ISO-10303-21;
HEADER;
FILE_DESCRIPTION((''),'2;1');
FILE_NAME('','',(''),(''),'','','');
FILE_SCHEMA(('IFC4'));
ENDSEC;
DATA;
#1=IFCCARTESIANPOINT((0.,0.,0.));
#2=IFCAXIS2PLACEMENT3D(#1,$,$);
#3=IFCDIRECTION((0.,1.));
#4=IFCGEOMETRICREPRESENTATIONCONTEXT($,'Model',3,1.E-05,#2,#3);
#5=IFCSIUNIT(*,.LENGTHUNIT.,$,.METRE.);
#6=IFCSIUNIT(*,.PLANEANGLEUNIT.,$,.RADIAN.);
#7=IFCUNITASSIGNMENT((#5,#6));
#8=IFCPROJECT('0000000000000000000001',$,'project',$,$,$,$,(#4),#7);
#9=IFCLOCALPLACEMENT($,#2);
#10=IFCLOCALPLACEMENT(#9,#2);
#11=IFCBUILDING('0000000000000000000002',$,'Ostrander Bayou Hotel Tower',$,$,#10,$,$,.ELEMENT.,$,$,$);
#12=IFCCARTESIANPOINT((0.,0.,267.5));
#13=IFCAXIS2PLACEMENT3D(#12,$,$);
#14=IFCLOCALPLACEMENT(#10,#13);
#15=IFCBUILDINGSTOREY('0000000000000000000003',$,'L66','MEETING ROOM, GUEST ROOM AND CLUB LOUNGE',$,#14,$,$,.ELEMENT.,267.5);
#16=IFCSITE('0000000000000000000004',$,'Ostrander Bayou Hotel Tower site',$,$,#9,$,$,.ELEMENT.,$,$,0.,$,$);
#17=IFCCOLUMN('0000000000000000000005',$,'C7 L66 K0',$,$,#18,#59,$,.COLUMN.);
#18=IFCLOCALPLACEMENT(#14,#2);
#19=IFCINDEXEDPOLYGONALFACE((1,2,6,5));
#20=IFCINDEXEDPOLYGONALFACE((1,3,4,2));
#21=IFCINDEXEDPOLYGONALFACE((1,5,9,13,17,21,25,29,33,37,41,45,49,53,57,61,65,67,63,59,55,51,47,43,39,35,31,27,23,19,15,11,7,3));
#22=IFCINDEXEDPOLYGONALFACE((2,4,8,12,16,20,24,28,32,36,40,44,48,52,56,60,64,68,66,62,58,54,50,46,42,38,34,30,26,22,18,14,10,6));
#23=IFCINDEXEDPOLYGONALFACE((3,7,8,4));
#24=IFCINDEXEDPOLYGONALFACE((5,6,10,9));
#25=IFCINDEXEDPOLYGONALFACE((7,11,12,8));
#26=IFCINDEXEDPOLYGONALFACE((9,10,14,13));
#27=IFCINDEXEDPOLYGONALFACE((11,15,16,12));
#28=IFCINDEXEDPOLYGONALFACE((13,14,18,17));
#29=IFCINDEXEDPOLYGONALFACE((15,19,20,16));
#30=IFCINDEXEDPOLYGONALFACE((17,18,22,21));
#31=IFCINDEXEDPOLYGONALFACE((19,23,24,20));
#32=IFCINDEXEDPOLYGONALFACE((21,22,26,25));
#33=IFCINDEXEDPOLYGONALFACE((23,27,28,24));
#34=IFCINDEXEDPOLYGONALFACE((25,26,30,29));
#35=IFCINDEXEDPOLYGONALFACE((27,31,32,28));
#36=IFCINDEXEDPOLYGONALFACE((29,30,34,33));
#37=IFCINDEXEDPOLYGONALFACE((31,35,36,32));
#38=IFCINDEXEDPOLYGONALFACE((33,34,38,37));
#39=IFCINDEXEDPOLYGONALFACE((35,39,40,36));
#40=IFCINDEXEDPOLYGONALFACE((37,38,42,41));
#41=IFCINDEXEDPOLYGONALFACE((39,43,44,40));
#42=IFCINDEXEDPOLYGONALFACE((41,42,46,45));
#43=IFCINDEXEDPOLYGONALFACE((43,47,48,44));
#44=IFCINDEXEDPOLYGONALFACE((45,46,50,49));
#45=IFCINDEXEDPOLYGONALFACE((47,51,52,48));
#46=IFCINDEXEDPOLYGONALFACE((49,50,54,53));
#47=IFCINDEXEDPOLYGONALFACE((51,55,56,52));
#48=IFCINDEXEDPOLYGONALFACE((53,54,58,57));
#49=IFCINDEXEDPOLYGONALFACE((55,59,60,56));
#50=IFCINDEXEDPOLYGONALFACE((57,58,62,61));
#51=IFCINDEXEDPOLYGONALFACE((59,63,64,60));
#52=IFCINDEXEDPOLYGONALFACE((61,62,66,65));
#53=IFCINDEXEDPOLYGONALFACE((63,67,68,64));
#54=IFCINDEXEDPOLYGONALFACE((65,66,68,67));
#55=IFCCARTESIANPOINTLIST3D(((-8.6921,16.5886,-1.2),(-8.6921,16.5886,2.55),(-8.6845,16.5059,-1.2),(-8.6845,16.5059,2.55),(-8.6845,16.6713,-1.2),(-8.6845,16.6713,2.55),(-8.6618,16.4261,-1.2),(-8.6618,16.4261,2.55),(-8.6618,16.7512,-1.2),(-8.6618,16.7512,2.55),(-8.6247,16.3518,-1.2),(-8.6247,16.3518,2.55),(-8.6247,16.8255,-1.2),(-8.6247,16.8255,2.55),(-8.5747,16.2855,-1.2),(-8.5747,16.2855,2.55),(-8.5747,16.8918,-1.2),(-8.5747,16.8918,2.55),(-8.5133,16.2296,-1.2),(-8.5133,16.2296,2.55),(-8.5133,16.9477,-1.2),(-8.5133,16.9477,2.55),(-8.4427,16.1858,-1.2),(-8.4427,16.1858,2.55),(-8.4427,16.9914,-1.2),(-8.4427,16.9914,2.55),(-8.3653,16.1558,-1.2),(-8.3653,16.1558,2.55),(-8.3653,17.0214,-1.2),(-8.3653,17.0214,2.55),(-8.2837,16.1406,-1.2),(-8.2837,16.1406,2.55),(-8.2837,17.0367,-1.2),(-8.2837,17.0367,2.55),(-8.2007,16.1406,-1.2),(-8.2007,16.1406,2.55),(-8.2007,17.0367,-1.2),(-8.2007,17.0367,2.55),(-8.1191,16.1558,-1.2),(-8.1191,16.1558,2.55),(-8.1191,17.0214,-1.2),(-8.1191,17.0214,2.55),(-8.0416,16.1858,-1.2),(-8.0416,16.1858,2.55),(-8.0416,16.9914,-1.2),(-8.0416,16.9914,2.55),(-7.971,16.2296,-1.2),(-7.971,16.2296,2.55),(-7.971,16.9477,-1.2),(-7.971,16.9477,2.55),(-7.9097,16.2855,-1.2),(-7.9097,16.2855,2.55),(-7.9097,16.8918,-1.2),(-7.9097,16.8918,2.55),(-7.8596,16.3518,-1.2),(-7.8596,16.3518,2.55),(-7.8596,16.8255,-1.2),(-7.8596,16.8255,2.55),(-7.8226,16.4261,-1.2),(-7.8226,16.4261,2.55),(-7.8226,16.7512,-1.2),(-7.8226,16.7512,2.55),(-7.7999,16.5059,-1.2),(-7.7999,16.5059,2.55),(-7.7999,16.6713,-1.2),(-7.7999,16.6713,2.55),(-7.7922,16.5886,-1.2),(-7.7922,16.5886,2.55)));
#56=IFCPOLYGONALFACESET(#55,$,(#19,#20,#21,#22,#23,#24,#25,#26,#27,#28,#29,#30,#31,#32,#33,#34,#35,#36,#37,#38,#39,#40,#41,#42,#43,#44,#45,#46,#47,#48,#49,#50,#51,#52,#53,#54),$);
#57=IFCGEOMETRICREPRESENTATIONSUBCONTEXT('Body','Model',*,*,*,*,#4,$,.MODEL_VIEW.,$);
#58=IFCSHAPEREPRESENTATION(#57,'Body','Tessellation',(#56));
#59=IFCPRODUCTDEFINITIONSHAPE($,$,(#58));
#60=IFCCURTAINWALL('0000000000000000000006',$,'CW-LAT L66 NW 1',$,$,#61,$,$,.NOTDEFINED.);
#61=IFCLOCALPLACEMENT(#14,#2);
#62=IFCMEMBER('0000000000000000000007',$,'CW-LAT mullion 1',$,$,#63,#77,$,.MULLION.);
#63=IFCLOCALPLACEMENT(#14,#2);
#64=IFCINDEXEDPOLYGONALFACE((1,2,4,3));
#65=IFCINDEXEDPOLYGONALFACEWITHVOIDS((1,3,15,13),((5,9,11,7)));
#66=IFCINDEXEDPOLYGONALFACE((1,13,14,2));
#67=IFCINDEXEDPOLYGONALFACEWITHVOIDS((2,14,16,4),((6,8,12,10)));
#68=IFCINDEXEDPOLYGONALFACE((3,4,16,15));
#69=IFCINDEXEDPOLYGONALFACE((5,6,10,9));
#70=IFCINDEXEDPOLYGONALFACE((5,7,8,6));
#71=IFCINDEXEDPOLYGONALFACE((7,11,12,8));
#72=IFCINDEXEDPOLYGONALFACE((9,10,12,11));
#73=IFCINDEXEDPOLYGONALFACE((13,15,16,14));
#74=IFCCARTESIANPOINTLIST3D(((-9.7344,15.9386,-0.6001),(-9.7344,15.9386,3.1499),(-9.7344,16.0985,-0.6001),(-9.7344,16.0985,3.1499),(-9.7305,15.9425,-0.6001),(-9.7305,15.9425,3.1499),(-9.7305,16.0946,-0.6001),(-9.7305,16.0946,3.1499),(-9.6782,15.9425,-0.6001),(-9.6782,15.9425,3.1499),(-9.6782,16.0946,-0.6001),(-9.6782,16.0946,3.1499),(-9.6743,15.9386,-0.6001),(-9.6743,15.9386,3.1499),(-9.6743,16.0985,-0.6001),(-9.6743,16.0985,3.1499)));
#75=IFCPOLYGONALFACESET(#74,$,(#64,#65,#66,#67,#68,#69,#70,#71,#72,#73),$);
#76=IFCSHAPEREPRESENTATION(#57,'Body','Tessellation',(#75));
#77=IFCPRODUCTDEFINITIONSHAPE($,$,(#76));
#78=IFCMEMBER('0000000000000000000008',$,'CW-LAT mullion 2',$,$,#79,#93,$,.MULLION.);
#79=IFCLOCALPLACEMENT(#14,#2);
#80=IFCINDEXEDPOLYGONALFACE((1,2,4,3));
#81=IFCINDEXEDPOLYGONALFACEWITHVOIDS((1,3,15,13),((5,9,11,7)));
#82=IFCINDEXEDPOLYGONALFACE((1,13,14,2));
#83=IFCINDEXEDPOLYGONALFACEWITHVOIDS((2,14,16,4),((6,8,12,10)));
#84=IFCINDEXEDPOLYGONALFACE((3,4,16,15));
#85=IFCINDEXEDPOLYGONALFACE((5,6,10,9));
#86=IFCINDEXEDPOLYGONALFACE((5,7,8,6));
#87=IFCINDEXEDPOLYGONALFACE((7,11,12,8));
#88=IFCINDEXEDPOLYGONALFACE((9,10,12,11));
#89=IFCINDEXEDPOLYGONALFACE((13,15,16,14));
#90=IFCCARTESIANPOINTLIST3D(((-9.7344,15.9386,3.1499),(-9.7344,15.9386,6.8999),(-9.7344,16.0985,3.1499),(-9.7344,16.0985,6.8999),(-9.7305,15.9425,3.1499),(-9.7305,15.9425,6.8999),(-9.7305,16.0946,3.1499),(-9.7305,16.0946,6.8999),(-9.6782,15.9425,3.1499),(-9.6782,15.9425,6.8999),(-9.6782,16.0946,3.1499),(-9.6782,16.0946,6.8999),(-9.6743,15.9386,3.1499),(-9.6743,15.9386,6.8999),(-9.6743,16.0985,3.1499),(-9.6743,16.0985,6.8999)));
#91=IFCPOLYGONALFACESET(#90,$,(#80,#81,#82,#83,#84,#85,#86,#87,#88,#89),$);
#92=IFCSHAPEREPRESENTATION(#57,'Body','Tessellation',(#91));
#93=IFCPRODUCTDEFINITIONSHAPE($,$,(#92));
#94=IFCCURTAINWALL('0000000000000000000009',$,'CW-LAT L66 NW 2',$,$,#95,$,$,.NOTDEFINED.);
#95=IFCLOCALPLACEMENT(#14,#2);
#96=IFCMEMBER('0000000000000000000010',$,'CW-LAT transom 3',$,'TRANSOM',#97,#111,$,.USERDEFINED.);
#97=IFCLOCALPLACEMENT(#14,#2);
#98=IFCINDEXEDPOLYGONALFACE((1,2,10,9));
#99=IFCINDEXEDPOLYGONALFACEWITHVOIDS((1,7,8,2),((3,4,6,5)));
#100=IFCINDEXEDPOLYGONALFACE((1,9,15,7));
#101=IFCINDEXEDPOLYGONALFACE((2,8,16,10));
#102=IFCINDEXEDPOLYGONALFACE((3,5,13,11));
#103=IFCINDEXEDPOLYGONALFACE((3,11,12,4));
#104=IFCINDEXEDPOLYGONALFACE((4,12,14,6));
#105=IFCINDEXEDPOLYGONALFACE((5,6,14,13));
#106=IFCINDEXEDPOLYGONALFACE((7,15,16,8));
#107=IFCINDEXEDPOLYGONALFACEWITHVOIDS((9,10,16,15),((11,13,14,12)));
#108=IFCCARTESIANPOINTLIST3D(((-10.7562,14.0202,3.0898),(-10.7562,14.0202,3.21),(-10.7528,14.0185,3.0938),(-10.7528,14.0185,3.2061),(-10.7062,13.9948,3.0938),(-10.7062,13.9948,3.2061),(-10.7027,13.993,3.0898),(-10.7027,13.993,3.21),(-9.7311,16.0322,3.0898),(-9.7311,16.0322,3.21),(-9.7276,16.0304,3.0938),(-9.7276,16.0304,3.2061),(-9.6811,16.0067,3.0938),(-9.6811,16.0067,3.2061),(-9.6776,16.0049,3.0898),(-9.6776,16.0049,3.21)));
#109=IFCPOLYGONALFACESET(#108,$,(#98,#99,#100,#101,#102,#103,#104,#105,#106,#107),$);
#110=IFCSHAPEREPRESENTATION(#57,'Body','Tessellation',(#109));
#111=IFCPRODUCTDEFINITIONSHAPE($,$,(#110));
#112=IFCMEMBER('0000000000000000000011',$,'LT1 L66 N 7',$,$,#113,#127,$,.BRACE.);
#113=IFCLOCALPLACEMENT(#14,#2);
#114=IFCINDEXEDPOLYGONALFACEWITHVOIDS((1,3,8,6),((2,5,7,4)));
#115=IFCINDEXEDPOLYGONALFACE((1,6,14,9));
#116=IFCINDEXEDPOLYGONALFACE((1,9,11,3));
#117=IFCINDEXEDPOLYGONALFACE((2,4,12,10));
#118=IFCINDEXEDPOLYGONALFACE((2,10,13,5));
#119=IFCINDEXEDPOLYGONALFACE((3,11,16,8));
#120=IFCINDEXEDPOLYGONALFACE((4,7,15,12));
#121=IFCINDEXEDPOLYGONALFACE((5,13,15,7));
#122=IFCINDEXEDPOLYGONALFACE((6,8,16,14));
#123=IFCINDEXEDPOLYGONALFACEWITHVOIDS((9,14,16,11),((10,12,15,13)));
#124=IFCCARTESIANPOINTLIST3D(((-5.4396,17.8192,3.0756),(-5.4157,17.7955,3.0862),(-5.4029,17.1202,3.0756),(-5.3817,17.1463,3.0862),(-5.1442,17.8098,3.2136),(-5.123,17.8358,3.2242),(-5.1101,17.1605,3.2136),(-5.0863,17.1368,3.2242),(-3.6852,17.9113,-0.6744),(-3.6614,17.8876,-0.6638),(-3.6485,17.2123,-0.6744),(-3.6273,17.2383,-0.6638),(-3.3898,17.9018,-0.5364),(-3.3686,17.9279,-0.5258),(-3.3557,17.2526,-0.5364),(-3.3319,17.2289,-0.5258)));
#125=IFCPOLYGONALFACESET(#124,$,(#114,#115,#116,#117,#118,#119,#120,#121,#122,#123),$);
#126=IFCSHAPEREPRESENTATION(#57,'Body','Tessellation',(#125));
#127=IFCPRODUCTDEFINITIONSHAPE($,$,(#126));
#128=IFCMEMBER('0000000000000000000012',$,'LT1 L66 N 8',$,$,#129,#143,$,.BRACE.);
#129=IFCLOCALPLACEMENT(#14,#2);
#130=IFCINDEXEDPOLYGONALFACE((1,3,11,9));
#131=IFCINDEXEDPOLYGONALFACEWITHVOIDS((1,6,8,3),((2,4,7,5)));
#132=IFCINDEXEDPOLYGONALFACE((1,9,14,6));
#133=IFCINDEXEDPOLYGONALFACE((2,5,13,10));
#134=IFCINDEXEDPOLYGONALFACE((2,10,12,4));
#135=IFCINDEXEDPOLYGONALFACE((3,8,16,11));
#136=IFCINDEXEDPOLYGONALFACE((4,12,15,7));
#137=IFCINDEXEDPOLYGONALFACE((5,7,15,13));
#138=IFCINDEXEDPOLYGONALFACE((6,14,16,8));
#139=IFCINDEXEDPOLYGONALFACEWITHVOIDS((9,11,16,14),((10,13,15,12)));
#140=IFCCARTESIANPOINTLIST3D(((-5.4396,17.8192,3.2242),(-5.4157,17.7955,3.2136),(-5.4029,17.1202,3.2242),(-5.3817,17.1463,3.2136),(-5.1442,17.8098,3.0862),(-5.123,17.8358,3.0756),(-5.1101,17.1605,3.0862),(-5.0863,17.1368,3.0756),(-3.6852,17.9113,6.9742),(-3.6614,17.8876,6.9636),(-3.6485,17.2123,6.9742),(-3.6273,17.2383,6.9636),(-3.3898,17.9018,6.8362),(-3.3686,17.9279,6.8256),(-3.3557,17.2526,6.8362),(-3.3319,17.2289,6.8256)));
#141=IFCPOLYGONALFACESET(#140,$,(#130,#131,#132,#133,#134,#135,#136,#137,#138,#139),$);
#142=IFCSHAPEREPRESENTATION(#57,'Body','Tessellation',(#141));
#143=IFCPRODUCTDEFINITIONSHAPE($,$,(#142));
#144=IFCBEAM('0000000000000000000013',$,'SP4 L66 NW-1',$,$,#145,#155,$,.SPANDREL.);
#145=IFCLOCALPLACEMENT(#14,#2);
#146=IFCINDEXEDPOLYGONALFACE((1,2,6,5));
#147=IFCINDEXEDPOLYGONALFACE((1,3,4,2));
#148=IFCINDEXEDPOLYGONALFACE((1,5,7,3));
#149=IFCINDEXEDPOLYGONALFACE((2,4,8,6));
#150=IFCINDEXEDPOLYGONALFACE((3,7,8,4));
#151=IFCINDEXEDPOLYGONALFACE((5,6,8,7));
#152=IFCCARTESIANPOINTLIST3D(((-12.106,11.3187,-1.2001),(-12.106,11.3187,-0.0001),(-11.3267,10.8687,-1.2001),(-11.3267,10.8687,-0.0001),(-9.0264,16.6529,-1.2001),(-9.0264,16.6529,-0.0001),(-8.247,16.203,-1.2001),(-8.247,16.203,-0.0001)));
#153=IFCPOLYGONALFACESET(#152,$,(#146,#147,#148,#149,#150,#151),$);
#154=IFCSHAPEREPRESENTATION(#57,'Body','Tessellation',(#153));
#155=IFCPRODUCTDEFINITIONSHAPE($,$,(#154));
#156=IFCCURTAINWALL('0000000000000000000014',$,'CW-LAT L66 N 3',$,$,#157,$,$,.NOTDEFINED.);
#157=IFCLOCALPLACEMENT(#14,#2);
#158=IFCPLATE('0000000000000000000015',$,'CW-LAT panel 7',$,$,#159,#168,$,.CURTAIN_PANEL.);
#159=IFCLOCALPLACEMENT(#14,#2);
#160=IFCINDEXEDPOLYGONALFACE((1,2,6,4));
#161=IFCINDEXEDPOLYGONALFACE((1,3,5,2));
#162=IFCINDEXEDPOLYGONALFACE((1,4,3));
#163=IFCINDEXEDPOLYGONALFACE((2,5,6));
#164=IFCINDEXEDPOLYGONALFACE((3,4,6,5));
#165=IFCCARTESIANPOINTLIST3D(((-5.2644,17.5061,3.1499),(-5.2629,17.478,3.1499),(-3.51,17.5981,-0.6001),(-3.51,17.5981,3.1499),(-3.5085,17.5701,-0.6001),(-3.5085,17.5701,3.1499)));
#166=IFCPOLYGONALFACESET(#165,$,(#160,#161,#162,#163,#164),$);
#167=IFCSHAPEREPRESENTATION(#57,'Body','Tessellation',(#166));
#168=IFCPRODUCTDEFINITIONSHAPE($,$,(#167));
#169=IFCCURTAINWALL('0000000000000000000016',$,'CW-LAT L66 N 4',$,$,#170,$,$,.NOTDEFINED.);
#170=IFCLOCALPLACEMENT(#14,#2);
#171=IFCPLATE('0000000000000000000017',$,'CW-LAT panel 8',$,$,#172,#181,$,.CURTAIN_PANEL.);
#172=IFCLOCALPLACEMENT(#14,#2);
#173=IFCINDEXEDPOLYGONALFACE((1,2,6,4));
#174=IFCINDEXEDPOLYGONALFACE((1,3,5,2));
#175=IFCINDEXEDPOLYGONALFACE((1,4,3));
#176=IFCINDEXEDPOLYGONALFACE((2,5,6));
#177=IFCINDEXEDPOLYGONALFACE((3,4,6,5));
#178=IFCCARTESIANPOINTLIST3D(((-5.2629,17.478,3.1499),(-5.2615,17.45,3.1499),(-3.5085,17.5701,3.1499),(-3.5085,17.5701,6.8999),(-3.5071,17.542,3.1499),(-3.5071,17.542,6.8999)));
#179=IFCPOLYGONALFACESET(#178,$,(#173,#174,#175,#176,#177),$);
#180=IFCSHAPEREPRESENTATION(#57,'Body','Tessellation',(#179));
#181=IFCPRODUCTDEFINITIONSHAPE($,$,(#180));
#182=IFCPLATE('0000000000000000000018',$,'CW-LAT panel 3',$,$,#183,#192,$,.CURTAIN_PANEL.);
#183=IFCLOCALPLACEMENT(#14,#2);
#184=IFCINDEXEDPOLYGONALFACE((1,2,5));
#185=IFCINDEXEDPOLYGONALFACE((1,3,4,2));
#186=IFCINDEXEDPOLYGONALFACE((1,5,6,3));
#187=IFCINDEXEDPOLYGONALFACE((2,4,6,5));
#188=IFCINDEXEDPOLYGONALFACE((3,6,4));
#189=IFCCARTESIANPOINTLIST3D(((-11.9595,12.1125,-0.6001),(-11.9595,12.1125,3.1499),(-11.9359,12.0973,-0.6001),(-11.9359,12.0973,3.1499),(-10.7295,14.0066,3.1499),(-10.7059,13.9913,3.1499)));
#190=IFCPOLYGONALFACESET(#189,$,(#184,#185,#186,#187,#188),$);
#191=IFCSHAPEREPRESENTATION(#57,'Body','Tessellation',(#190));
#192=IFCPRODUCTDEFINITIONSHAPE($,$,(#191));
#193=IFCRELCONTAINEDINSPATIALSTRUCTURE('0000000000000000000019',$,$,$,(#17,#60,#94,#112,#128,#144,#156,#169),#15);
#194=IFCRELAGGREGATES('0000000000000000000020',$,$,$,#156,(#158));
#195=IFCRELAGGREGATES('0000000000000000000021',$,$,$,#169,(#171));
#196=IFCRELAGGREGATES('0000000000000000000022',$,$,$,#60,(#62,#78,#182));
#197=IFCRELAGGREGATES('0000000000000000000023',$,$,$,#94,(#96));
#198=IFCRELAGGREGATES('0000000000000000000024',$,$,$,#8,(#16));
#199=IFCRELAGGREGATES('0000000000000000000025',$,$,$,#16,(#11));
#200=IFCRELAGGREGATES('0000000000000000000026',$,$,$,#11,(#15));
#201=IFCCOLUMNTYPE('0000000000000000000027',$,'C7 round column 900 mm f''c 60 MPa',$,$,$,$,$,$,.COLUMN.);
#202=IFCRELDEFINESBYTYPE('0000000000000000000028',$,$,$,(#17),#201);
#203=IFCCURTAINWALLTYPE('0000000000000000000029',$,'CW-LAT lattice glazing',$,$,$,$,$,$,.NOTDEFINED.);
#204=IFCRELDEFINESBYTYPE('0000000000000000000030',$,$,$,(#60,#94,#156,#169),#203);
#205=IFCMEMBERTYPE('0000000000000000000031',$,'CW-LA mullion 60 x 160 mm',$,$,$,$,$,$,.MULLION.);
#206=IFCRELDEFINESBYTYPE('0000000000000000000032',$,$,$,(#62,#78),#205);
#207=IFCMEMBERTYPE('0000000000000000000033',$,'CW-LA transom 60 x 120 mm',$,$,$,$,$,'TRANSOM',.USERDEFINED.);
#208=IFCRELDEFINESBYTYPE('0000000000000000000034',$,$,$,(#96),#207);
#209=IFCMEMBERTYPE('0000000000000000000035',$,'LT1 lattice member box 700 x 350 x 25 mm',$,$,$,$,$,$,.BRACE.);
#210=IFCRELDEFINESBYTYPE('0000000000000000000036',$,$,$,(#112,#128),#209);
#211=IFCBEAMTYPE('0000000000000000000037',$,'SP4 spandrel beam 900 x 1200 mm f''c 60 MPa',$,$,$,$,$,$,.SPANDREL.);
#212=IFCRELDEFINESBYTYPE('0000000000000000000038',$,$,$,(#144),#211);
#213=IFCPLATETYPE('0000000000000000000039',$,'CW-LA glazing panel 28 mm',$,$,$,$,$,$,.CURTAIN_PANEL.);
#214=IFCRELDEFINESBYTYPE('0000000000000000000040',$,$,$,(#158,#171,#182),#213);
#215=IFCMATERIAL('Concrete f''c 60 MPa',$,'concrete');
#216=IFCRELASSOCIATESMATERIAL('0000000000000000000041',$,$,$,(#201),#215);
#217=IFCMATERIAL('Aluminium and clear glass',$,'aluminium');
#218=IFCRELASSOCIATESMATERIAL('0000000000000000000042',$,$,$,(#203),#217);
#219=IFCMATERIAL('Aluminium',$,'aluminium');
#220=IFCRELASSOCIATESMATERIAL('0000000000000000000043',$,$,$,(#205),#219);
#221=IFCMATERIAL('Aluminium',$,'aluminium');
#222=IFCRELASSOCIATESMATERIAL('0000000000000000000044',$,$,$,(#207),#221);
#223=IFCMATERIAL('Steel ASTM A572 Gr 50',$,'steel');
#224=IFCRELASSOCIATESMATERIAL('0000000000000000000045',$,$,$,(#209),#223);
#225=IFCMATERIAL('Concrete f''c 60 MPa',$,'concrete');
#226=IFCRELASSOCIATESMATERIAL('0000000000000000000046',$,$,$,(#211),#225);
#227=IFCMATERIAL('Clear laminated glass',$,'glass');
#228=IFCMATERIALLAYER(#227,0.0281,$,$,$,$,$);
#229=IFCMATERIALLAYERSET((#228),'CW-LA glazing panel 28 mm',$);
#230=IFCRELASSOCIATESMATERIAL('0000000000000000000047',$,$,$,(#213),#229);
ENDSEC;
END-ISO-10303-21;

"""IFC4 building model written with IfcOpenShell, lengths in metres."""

from ifc_helpers import new_model, si_unit, direction, frame, origin, origin_2d, place, context, subcontext, project, spatial, polyline, rectangle, hollow_rectangle, circle, outline, extrude, material, layer, layer_set, material_profile, profile_set, type_object, element, aggregate, save


model = new_model("IFC4")

# Units and contexts
model_context = context("Model", 3, precision=1e-05, world=origin(), true_north=direction((0.0, 1.0)))
body_context = subcontext(model_context, "Body", "Model", "MODEL_VIEW")
ifc_project = project(units=[si_unit("LENGTHUNIT", "METRE"), si_unit("PLANEANGLEUNIT", "RADIAN")], contexts=[model_context])

# Site, building, storey
site_placement = place(None, origin())
site = spatial("IfcSite", under=ifc_project, at=site_placement, Name="Ostrander Bayou Hotel Tower site", CompositionType="ELEMENT", RefElevation=0.0)
building_placement = place(site_placement, origin())
building = spatial("IfcBuilding", under=site, at=building_placement, Name="Ostrander Bayou Hotel Tower", CompositionType="ELEMENT")
storey_placement = place(building_placement, frame((0.0, 0.0, 267.5)))
storey = spatial("IfcBuildingStorey", under=building, at=storey_placement, Name="L66", Description="MEETING ROOM, GUEST ROOM AND CLUB LOUNGE", CompositionType="ELEMENT", Elevation=267.5)

# Column
ifc_material_1 = material(Name="Concrete f'c 60 MPa", Category="concrete")
ifc_material_profile_1 = material_profile(ifc_material_1, circle(Radius=0.45, at=origin_2d()))
ifc_profile_set_1 = profile_set([ifc_material_profile_1], Name="Concrete f'c 60 MPa")
column_type = type_object("IfcColumnType", Name="C7 round column 900 mm f'c 60 MPa", PredefinedType="COLUMN", material=ifc_profile_set_1)
column_placement = place(storey_placement, frame((-8.2422, 16.5886, -1.2), z_axis=(0.0, 0.0, 1.0), x_axis=(1.0, 0.0, 0.0)))
element("IfcColumn", 1, at=column_placement, inside=storey, type_object=column_type, Name="C7 L66 K0", PredefinedType="COLUMN", context=body_context, shape_type="SweptSolid", body=[
    extrude(circle(Radius=0.45, at=origin_2d()), origin(), (0.0, 0.0, 1.0), 3.75),
])

# Curtain wall, members
ifc_material_2 = material(Name="Aluminium and clear glass", Category="aluminium")
curtain_wall_type = type_object("IfcCurtainWallType", Name="CW-LAT lattice glazing", PredefinedType="NOTDEFINED", material=ifc_material_2)
curtain_wall_1_placement = place(storey_placement, origin())
curtain_wall_1 = element("IfcCurtainWall", 2, at=curtain_wall_1_placement, inside=storey, type_object=curtain_wall_type, Name="CW-LAT L66 NW 1", PredefinedType="NOTDEFINED")
ifc_material_3 = material(Name="Aluminium", Category="aluminium")
ifc_material_profile_2 = material_profile(ifc_material_3, hollow_rectangle(XDim=0.0601, YDim=0.1599, WallThickness=0.0039, at=origin_2d()))
ifc_profile_set_2 = profile_set([ifc_material_profile_2], Name="Aluminium")
member_type_1 = type_object("IfcMemberType", Name="CW-LA mullion 60 x 160 mm", PredefinedType="MULLION", material=ifc_profile_set_2)
member_1_placement = place(storey_placement, frame((-9.7043, 16.0186, -0.6001), z_axis=(0.0, 0.0, 1.0), x_axis=(1.0, 0.0, 0.0)))
member_1 = element("IfcMember", 3, at=member_1_placement, type_object=member_type_1, Name="CW-LAT mullion 1", PredefinedType="MULLION", context=body_context, shape_type="SweptSolid", body=[
    extrude(hollow_rectangle(XDim=0.0601, YDim=0.1599, WallThickness=0.0039, at=origin_2d()), origin(), (0.0, 0.0, 1.0), 3.75),
])
member_2_placement = place(storey_placement, frame((-9.7043, 16.0186, 3.1499), z_axis=(0.0, 0.0, 1.0), x_axis=(1.0, 0.0, 0.0)))
member_2 = element("IfcMember", 4, at=member_2_placement, type_object=member_type_1, Name="CW-LAT mullion 2", PredefinedType="MULLION", context=body_context, shape_type="SweptSolid", body=[
    extrude(hollow_rectangle(XDim=0.0601, YDim=0.1599, WallThickness=0.0039, at=origin_2d()), origin(), (0.0, 0.0, 1.0), 3.75),
])

# Curtain wall, member
curtain_wall_2_placement = place(storey_placement, origin())
curtain_wall_2 = element("IfcCurtainWall", 5, at=curtain_wall_2_placement, inside=storey, type_object=curtain_wall_type, Name="CW-LAT L66 NW 2", PredefinedType="NOTDEFINED")
ifc_material_4 = material(Name="Aluminium", Category="aluminium")
ifc_material_profile_3 = material_profile(ifc_material_4, hollow_rectangle(XDim=0.0601, YDim=0.1201, WallThickness=0.0039, at=origin_2d()))
ifc_profile_set_3 = profile_set([ifc_material_profile_3], Name="Aluminium")
member_type_2 = type_object("IfcMemberType", Name="CW-LA transom 60 x 120 mm", ElementType="TRANSOM", PredefinedType="USERDEFINED", material=ifc_profile_set_3)
member_3_placement = place(storey_placement, frame((-9.7043, 16.0186, 3.1499), z_axis=(-0.453991, -0.891006, 0.0), x_axis=(0.891006, -0.453991, 0.0)))
member_3 = element("IfcMember", 6, at=member_3_placement, type_object=member_type_2, Name="CW-LAT transom 3", ObjectType="TRANSOM", PredefinedType="USERDEFINED", context=body_context, shape_type="SweptSolid", body=[
    extrude(hollow_rectangle(XDim=0.0601, YDim=0.1201, WallThickness=0.0039, at=origin_2d()), origin(), (0.0, 0.0, 1.0), 2.2581),
])

# Members
ifc_material_5 = material(Name="Steel ASTM A572 Gr 50", Category="steel")
ifc_material_profile_4 = material_profile(ifc_material_5, hollow_rectangle(XDim=0.7, YDim=0.3501, WallThickness=0.0249, at=origin_2d()))
ifc_profile_set_4 = profile_set([ifc_material_profile_4], Name="Steel ASTM A572 Gr 50")
member_type_3 = type_object("IfcMemberType", Name="LT1 lattice member box 700 x 350 x 25 mm", PredefinedType="BRACE", material=ifc_profile_set_4)
for number, where, z_axis, x_axis, name in (
    (7, (-5.2629, 17.478, 3.1499), (0.423652, 0.022226, -0.905552), (-0.052391, 0.998627, 0.0), "LT1 L66 N 7"),
    (8, (-5.2629, 17.478, 3.1499), (0.423652, 0.022226, 0.905552), (-0.052391, 0.998627, 0.0), "LT1 L66 N 8"),
):
    element("IfcMember", number, at=place(storey_placement, frame(where, z_axis=z_axis, x_axis=x_axis)), inside=storey, type_object=member_type_3, Name=name, PredefinedType="BRACE", context=body_context, shape_type="SweptSolid", body=[
        extrude(hollow_rectangle(XDim=0.7, YDim=0.3501, WallThickness=0.0249, at=origin_2d()), origin(), (0.0, 0.0, 1.0), 4.1411),
    ])

# Beam
ifc_material_6 = material(Name="Concrete f'c 60 MPa", Category="concrete")
ifc_material_profile_5 = material_profile(ifc_material_6, rectangle(XDim=0.8999, YDim=1.2, at=origin_2d()))
ifc_profile_set_5 = profile_set([ifc_material_profile_5], Name="Concrete f'c 60 MPa")
beam_type = type_object("IfcBeamType", Name="SP4 spandrel beam 900 x 1200 mm f'c 60 MPa", PredefinedType="SPANDREL", material=ifc_profile_set_5)
beam_placement = place(storey_placement, frame((-8.6367, 16.428, -0.6001), z_axis=(-0.499984, -0.866034, 0.0), x_axis=(0.866034, -0.499984, 0.0)))
element("IfcBeam", 9, at=beam_placement, inside=storey, type_object=beam_type, Name="SP4 L66 NW-1", PredefinedType="SPANDREL", context=body_context, shape_type="SweptSolid", body=[
    extrude(rectangle(XDim=0.8999, YDim=1.2, at=origin_2d()), origin(), (0.0, 0.0, 1.0), 6.1594),
])

# Curtain walls, plates
curtain_wall_3_placement = place(storey_placement, origin())
curtain_wall_3 = element("IfcCurtainWall", 10, at=curtain_wall_3_placement, inside=storey, type_object=curtain_wall_type, Name="CW-LAT L66 N 3", PredefinedType="NOTDEFINED")
ifc_material_7 = material(Name="Clear laminated glass", Category="glass")
ifc_layer_1 = layer(ifc_material_7, 0.0281)
ifc_layer_set_1 = layer_set([ifc_layer_1], Name="CW-LA glazing panel 28 mm")
plate_type = type_object("IfcPlateType", Name="CW-LA glazing panel 28 mm", PredefinedType="CURTAIN_PANEL", material=ifc_layer_set_1)
plate_1_placement = place(storey_placement, frame((-5.2629, 17.478, 3.1499), z_axis=(0.052391, -0.998627, 0.0), x_axis=(0.423652, 0.022226, -0.905552)))
plate_1 = element("IfcPlate", 11, at=plate_1_placement, type_object=plate_type, Name="CW-LAT panel 7", PredefinedType="CURTAIN_PANEL", context=body_context, shape_type="SweptSolid", body=[
    extrude(outline(polyline([(0.0, 0.0), (4.1411, 0.0), (0.7453, 1.5909), (0.0, 0.0)])), origin(), (0.0, 0.0, -1.0), 0.0281),
])
aggregate(curtain_wall_3, [plate_1])
curtain_wall_4_placement = place(storey_placement, origin())
curtain_wall_4 = element("IfcCurtainWall", 12, at=curtain_wall_4_placement, inside=storey, type_object=curtain_wall_type, Name="CW-LAT L66 N 4", PredefinedType="NOTDEFINED")
plate_2_placement = place(storey_placement, frame((-5.2629, 17.478, 3.1499), z_axis=(-0.052391, 0.998627, 0.0), x_axis=(0.423652, 0.022226, 0.905552)))
plate_2 = element("IfcPlate", 13, at=plate_2_placement, type_object=plate_type, Name="CW-LAT panel 8", PredefinedType="CURTAIN_PANEL", context=body_context, shape_type="SweptSolid", body=[
    extrude(outline(polyline([(0.0, 0.0), (4.1411, 0.0), (0.7453, 1.5909), (0.0, 0.0)])), origin(), (0.0, 0.0, -1.0), 0.0281),
])
aggregate(curtain_wall_4, [plate_2])

# Plate
plate_3_placement = place(storey_placement, frame((-10.7295, 14.0066, 3.1499), z_axis=(-0.838676, 0.544631, 0.0), x_axis=(-0.280976, -0.432674, -0.856648)))
plate_3 = element("IfcPlate", 14, at=plate_3_placement, type_object=plate_type, Name="CW-LAT panel 3", PredefinedType="CURTAIN_PANEL", context=body_context, shape_type="SweptSolid", body=[
    extrude(outline(polyline([(0.0, 0.0), (4.3775, 0.0), (1.1651, 1.9346), (0.0, 0.0)])), origin(), (0.0, 0.0, -1.0), 0.0281),
])
aggregate(curtain_wall_1, [member_1, member_2, plate_3])
aggregate(curtain_wall_2, [member_3])

save(model, "model.ifc")
